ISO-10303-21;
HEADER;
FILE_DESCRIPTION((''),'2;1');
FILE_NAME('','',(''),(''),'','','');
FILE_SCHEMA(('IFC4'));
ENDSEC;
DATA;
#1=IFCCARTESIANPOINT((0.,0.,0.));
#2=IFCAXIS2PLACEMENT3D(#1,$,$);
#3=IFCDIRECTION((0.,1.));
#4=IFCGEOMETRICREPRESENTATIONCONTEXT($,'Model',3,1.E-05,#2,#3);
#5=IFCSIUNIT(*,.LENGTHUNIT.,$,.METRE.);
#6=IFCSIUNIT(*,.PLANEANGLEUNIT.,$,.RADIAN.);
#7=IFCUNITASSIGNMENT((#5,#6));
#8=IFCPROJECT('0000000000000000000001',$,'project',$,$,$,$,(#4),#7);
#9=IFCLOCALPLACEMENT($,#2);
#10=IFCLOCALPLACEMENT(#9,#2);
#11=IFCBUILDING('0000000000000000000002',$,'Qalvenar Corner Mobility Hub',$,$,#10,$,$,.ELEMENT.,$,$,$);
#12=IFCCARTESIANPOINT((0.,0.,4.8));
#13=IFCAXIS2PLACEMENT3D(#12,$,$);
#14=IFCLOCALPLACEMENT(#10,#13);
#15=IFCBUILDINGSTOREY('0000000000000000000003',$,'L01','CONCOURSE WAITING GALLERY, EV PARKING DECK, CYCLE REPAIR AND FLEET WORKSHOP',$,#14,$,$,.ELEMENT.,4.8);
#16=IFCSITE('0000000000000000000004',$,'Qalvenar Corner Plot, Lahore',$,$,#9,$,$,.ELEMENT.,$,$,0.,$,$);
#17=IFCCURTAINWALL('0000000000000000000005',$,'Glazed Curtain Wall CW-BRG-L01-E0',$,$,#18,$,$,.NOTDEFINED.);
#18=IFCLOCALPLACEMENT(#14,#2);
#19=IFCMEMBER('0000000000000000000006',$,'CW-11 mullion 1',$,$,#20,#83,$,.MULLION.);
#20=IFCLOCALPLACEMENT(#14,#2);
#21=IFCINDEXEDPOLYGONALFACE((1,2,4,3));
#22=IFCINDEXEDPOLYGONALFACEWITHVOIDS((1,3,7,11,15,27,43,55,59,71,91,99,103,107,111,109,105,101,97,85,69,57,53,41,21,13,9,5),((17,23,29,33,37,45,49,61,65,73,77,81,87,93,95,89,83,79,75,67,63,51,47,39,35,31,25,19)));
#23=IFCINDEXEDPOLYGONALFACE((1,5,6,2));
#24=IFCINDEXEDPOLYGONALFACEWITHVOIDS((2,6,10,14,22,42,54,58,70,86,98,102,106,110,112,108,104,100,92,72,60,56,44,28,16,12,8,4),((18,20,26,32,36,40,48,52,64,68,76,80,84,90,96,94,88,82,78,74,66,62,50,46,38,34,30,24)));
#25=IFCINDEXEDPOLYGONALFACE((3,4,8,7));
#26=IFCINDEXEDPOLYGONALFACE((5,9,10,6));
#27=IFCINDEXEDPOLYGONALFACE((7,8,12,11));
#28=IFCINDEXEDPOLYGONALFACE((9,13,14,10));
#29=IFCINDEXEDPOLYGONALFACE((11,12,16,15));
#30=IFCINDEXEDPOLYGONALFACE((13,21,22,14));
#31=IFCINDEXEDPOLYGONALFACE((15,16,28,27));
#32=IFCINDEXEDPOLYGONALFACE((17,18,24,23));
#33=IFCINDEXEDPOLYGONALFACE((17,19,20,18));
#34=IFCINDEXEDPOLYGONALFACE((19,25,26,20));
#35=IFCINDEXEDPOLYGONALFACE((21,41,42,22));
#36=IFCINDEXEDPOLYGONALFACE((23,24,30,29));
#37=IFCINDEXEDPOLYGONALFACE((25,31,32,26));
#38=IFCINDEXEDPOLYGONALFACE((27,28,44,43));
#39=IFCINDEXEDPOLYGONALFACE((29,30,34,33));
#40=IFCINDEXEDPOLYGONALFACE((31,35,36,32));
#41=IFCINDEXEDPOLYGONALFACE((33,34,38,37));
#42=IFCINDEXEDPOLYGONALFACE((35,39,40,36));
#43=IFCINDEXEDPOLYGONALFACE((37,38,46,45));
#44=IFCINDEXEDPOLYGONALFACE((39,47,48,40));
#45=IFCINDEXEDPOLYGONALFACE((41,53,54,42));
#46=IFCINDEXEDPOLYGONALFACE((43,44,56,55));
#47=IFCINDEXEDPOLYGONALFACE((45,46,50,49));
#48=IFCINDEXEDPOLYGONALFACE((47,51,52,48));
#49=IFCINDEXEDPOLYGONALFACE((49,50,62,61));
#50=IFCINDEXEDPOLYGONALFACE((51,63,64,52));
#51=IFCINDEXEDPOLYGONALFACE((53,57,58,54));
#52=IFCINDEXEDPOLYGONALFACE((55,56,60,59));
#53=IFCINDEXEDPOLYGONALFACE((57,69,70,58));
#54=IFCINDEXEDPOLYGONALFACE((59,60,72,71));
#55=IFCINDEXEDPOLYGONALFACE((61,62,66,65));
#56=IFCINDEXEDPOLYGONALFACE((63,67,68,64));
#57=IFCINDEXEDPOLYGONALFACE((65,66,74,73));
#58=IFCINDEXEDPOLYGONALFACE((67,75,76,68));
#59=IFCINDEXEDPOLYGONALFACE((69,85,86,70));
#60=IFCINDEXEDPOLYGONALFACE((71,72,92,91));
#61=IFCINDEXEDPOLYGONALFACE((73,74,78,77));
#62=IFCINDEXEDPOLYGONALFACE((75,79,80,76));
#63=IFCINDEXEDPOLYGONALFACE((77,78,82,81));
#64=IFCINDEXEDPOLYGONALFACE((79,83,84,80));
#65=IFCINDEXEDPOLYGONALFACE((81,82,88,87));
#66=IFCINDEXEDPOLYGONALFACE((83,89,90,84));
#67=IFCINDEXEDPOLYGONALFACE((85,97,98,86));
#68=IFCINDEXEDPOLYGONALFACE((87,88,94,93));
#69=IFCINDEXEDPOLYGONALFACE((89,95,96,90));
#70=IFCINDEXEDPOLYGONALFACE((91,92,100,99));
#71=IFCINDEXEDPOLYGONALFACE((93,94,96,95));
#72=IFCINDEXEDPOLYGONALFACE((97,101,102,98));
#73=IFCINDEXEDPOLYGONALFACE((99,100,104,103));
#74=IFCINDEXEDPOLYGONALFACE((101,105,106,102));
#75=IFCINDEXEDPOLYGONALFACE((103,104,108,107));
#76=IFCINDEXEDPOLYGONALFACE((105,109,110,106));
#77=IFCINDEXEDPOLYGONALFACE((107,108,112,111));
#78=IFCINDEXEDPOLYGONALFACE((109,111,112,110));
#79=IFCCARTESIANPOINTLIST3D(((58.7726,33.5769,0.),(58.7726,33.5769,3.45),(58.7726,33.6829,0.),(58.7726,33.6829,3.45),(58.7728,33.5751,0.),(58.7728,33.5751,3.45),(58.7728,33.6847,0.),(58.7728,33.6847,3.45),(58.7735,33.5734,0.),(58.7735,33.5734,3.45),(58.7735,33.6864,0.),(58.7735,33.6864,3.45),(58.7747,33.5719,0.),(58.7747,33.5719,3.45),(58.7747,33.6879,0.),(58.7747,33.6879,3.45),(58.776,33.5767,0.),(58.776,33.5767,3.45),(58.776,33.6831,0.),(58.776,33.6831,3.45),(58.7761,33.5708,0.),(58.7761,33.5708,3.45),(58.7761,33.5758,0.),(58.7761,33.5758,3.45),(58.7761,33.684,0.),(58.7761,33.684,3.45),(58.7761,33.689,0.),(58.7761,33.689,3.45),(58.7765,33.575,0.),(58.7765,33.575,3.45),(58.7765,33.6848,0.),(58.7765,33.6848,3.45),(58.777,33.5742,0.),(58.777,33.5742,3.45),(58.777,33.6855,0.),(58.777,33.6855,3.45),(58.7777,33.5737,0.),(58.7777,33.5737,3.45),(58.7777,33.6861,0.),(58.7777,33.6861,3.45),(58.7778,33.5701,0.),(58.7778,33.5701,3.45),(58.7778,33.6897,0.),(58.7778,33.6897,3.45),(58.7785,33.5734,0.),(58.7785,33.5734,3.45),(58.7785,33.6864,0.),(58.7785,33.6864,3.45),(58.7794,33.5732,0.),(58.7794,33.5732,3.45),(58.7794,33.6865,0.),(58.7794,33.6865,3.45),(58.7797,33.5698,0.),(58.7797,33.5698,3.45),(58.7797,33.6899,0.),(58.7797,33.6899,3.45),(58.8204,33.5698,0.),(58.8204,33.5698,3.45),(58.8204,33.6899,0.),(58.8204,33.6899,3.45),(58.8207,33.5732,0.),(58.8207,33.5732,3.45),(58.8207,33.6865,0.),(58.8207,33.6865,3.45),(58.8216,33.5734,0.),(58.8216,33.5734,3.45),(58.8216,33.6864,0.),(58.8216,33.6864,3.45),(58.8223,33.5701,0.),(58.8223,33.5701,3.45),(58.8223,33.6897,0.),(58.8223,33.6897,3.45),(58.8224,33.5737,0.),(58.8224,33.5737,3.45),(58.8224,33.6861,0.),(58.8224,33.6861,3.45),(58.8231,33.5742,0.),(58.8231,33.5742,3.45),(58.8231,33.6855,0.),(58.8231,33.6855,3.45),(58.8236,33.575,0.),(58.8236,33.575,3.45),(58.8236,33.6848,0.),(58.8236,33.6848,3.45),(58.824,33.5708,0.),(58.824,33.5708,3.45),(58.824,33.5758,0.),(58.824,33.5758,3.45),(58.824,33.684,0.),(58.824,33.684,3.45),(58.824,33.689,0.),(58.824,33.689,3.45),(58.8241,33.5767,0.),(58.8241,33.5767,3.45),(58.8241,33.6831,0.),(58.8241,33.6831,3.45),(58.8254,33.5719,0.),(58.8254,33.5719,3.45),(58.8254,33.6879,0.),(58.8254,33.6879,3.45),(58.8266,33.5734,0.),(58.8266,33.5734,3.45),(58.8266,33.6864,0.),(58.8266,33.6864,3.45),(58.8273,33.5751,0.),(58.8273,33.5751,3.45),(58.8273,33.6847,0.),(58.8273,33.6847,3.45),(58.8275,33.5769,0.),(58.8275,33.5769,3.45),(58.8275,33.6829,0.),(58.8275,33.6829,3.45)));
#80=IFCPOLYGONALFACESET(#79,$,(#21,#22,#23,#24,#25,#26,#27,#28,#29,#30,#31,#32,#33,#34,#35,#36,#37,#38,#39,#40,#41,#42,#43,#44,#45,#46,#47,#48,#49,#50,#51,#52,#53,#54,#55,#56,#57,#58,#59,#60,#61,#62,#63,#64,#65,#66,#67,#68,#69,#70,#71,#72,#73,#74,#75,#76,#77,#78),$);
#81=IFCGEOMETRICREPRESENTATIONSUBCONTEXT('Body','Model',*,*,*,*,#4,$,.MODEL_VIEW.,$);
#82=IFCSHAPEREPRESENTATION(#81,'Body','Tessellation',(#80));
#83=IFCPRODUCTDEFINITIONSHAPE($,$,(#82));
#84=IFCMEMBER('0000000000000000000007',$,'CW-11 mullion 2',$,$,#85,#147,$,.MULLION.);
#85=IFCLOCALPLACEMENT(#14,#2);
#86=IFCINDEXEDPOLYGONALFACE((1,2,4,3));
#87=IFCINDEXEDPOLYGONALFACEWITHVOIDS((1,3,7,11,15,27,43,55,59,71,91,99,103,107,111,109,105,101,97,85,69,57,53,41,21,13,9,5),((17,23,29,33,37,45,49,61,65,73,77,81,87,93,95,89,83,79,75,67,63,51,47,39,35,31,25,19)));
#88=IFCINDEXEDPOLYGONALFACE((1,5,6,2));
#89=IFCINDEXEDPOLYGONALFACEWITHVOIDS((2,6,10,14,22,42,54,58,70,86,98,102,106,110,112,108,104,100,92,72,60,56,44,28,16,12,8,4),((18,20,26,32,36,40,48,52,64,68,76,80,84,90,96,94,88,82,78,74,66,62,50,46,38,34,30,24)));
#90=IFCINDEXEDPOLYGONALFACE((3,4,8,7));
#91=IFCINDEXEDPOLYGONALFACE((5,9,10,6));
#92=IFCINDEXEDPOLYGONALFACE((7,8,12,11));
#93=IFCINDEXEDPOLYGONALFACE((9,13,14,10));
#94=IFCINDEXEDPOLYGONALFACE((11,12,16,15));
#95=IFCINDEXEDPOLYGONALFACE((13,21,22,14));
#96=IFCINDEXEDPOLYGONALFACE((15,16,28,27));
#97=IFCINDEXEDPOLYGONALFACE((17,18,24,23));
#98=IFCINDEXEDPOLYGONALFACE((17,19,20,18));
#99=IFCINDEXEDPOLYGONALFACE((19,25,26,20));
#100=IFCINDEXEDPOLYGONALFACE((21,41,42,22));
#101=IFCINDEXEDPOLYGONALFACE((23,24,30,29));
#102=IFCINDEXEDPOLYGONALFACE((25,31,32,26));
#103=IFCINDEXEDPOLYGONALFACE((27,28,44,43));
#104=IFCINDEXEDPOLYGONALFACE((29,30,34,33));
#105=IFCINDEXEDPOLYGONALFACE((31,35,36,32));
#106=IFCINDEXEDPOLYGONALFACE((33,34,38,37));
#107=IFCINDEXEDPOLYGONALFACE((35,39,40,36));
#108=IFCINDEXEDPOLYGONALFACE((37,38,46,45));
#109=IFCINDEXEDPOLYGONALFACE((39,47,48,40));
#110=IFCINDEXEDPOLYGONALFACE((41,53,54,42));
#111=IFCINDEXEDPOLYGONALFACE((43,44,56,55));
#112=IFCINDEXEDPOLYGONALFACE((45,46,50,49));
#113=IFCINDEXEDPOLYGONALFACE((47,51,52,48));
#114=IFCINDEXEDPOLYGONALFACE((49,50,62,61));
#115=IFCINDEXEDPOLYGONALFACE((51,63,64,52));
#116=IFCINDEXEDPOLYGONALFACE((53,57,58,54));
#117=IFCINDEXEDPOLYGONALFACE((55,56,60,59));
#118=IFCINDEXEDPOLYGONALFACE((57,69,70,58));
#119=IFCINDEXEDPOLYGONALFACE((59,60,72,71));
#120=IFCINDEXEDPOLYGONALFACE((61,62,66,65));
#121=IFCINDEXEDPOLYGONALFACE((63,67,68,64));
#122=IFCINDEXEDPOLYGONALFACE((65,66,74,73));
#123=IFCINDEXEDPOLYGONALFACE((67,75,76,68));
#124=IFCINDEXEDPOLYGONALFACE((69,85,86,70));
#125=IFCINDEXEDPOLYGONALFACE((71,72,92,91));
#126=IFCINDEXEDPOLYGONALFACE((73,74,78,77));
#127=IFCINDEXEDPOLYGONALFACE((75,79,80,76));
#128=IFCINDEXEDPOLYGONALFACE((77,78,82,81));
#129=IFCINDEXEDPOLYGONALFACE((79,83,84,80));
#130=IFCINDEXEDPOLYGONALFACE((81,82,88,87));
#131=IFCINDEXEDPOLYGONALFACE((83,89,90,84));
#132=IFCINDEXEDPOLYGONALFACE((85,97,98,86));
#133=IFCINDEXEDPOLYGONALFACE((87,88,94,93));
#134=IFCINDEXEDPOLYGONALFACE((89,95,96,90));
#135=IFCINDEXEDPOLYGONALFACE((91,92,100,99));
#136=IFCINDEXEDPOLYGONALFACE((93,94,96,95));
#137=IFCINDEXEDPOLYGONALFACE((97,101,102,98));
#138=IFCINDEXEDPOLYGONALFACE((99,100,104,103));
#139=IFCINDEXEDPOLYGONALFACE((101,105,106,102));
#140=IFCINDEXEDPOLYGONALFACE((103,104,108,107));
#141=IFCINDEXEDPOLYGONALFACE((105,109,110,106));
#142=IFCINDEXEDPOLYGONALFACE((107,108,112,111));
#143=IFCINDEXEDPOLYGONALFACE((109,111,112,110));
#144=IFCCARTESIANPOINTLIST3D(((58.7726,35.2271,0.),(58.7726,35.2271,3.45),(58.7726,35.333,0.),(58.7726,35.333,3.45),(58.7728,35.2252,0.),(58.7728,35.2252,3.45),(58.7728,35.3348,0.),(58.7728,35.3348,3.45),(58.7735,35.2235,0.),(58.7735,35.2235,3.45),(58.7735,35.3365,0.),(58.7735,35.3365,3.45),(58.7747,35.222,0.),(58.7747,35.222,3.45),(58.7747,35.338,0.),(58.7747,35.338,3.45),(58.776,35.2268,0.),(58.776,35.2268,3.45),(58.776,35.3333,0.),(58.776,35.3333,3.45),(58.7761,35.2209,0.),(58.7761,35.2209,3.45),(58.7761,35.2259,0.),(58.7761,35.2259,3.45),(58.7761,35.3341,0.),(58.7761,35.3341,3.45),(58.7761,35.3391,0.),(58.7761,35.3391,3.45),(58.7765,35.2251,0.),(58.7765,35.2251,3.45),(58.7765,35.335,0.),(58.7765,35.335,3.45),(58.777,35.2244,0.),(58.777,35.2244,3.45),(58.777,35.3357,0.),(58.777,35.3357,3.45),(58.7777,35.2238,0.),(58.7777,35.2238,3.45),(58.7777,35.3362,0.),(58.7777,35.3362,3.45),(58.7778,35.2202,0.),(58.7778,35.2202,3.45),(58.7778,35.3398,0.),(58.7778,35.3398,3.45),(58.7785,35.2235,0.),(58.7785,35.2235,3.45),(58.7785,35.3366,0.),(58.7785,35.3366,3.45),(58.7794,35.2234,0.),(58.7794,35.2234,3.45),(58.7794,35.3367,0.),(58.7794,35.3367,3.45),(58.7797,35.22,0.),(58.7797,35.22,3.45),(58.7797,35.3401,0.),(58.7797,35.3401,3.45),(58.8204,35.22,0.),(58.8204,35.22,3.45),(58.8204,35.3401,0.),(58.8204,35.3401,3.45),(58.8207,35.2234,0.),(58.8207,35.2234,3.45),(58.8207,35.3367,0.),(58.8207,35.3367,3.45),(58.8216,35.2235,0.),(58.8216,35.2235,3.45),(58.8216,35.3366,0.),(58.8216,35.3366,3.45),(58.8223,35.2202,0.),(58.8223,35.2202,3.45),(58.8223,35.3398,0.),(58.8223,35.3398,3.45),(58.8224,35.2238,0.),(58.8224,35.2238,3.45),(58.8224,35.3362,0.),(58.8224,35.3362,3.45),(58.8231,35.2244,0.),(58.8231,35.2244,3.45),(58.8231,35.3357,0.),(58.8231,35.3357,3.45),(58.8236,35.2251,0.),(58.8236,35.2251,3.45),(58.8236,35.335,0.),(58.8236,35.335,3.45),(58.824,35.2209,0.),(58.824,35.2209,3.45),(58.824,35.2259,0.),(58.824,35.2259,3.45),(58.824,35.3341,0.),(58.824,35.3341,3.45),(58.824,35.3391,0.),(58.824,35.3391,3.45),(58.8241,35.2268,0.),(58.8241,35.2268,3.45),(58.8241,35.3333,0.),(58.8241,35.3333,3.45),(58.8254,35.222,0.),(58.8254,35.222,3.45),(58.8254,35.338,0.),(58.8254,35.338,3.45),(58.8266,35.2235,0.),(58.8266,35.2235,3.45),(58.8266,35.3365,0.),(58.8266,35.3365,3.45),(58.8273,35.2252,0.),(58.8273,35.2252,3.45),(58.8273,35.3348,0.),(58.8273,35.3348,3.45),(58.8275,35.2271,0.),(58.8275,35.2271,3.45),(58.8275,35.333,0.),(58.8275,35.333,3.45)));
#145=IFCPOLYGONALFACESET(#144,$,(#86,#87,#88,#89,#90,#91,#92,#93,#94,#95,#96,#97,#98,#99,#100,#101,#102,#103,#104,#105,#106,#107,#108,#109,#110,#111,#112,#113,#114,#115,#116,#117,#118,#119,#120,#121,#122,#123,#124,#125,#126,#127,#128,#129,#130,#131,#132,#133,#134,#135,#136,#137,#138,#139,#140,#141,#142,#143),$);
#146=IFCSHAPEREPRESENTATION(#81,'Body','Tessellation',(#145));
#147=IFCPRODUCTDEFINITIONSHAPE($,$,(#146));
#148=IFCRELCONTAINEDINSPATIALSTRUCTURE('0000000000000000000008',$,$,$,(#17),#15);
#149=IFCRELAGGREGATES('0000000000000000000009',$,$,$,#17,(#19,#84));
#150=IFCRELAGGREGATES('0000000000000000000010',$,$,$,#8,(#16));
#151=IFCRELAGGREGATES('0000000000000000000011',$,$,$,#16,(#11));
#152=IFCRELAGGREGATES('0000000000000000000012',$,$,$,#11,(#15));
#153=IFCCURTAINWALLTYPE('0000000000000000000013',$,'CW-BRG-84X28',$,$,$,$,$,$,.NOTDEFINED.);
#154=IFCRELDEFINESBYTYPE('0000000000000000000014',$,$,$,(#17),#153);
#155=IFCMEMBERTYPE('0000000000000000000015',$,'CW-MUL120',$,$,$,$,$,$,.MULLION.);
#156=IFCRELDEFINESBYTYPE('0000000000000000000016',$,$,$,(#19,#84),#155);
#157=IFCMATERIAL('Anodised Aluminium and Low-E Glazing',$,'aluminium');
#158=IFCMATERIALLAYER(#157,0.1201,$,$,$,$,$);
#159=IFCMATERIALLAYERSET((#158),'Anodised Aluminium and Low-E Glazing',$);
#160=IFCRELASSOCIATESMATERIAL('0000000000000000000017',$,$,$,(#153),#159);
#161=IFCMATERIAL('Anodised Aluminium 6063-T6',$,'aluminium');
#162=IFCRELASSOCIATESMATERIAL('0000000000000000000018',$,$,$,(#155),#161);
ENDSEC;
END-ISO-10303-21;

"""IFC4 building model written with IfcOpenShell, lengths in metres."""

from ifc_helpers import new_model, si_unit, direction, frame, origin, origin_2d, place, context, subcontext, project, spatial, hollow_rectangle, extrude, material, layer, layer_set, material_profile, profile_set, type_object, element, aggregate, save


model = new_model("IFC4")

# Units and contexts
model_context = context("Model", 3, precision=1e-05, world=origin(), true_north=direction((0.0, 1.0)))
body_context = subcontext(model_context, "Body", "Model", "MODEL_VIEW")
ifc_project = project(units=[si_unit("LENGTHUNIT", "METRE"), si_unit("PLANEANGLEUNIT", "RADIAN")], contexts=[model_context])

# Site, building, storey
site_placement = place(None, origin())
site = spatial("IfcSite", under=ifc_project, at=site_placement, Name="Qalvenar Corner Plot, Lahore", CompositionType="ELEMENT", RefElevation=0.0)
building_placement = place(site_placement, origin())
building = spatial("IfcBuilding", under=site, at=building_placement, Name="Qalvenar Corner Mobility Hub", CompositionType="ELEMENT")
storey_placement = place(building_placement, frame((0.0, 0.0, 4.8)))
storey = spatial("IfcBuildingStorey", under=building, at=storey_placement, Name="L01", Description="CONCOURSE WAITING GALLERY, EV PARKING DECK, CYCLE REPAIR AND FLEET WORKSHOP", CompositionType="ELEMENT", Elevation=4.8)

# Curtain wall, members
ifc_material_1 = material(Name="Anodised Aluminium and Low-E Glazing", Category="aluminium")
ifc_layer_1 = layer(ifc_material_1, 0.1201)
ifc_layer_set_1 = layer_set([ifc_layer_1], Name="Anodised Aluminium and Low-E Glazing")
curtain_wall_type = type_object("IfcCurtainWallType", Name="CW-BRG-84X28", PredefinedType="NOTDEFINED", material=ifc_layer_set_1)
curtain_wall_placement = place(storey_placement, origin())
curtain_wall = element("IfcCurtainWall", 1, at=curtain_wall_placement, inside=storey, type_object=curtain_wall_type, Name="Glazed Curtain Wall CW-BRG-L01-E0", PredefinedType="NOTDEFINED")
ifc_material_2 = material(Name="Anodised Aluminium 6063-T6", Category="aluminium")
ifc_material_profile_1 = material_profile(ifc_material_2, hollow_rectangle(XDim=0.0549, YDim=0.1201, WallThickness=0.0034, InnerFilletRadius=0.0034, OuterFilletRadius=0.0071, at=origin_2d()), Name="RHS120x55x3.5")
ifc_profile_set_1 = profile_set([ifc_material_profile_1], Name="Anodised Aluminium 6063-T6")
member_type_1 = type_object("IfcMemberType", Name="CW-MUL120", PredefinedType="MULLION", material=ifc_profile_set_1)
member_1_placement = place(storey_placement, frame((58.8, 33.6299, 0.0), z_axis=(0.0, 0.0, 1.0), x_axis=(-1.0, 0.0, 0.0)))
member_1 = element("IfcMember", 2, at=member_1_placement, type_object=member_type_1, Name="CW-11 mullion 1", PredefinedType="MULLION", context=body_context, shape_type="SweptSolid", body=[
    extrude(hollow_rectangle(XDim=0.0549, YDim=0.1201, WallThickness=0.0034, InnerFilletRadius=0.0034, OuterFilletRadius=0.0071, at=origin_2d()), origin(), (0.0, 0.0, 1.0), 3.45),
])
member_2_placement = place(storey_placement, frame((58.8, 35.28, 0.0), z_axis=(0.0, 0.0, 1.0), x_axis=(-1.0, 0.0, 0.0)))
member_2 = element("IfcMember", 3, at=member_2_placement, type_object=member_type_1, Name="CW-11 mullion 2", PredefinedType="MULLION", context=body_context, shape_type="SweptSolid", body=[
    extrude(hollow_rectangle(XDim=0.0549, YDim=0.1201, WallThickness=0.0034, InnerFilletRadius=0.0034, OuterFilletRadius=0.0071, at=origin_2d()), origin(), (0.0, 0.0, 1.0), 3.45),
])
aggregate(curtain_wall, [member_1, member_2])

save(model, "model.ifc")
